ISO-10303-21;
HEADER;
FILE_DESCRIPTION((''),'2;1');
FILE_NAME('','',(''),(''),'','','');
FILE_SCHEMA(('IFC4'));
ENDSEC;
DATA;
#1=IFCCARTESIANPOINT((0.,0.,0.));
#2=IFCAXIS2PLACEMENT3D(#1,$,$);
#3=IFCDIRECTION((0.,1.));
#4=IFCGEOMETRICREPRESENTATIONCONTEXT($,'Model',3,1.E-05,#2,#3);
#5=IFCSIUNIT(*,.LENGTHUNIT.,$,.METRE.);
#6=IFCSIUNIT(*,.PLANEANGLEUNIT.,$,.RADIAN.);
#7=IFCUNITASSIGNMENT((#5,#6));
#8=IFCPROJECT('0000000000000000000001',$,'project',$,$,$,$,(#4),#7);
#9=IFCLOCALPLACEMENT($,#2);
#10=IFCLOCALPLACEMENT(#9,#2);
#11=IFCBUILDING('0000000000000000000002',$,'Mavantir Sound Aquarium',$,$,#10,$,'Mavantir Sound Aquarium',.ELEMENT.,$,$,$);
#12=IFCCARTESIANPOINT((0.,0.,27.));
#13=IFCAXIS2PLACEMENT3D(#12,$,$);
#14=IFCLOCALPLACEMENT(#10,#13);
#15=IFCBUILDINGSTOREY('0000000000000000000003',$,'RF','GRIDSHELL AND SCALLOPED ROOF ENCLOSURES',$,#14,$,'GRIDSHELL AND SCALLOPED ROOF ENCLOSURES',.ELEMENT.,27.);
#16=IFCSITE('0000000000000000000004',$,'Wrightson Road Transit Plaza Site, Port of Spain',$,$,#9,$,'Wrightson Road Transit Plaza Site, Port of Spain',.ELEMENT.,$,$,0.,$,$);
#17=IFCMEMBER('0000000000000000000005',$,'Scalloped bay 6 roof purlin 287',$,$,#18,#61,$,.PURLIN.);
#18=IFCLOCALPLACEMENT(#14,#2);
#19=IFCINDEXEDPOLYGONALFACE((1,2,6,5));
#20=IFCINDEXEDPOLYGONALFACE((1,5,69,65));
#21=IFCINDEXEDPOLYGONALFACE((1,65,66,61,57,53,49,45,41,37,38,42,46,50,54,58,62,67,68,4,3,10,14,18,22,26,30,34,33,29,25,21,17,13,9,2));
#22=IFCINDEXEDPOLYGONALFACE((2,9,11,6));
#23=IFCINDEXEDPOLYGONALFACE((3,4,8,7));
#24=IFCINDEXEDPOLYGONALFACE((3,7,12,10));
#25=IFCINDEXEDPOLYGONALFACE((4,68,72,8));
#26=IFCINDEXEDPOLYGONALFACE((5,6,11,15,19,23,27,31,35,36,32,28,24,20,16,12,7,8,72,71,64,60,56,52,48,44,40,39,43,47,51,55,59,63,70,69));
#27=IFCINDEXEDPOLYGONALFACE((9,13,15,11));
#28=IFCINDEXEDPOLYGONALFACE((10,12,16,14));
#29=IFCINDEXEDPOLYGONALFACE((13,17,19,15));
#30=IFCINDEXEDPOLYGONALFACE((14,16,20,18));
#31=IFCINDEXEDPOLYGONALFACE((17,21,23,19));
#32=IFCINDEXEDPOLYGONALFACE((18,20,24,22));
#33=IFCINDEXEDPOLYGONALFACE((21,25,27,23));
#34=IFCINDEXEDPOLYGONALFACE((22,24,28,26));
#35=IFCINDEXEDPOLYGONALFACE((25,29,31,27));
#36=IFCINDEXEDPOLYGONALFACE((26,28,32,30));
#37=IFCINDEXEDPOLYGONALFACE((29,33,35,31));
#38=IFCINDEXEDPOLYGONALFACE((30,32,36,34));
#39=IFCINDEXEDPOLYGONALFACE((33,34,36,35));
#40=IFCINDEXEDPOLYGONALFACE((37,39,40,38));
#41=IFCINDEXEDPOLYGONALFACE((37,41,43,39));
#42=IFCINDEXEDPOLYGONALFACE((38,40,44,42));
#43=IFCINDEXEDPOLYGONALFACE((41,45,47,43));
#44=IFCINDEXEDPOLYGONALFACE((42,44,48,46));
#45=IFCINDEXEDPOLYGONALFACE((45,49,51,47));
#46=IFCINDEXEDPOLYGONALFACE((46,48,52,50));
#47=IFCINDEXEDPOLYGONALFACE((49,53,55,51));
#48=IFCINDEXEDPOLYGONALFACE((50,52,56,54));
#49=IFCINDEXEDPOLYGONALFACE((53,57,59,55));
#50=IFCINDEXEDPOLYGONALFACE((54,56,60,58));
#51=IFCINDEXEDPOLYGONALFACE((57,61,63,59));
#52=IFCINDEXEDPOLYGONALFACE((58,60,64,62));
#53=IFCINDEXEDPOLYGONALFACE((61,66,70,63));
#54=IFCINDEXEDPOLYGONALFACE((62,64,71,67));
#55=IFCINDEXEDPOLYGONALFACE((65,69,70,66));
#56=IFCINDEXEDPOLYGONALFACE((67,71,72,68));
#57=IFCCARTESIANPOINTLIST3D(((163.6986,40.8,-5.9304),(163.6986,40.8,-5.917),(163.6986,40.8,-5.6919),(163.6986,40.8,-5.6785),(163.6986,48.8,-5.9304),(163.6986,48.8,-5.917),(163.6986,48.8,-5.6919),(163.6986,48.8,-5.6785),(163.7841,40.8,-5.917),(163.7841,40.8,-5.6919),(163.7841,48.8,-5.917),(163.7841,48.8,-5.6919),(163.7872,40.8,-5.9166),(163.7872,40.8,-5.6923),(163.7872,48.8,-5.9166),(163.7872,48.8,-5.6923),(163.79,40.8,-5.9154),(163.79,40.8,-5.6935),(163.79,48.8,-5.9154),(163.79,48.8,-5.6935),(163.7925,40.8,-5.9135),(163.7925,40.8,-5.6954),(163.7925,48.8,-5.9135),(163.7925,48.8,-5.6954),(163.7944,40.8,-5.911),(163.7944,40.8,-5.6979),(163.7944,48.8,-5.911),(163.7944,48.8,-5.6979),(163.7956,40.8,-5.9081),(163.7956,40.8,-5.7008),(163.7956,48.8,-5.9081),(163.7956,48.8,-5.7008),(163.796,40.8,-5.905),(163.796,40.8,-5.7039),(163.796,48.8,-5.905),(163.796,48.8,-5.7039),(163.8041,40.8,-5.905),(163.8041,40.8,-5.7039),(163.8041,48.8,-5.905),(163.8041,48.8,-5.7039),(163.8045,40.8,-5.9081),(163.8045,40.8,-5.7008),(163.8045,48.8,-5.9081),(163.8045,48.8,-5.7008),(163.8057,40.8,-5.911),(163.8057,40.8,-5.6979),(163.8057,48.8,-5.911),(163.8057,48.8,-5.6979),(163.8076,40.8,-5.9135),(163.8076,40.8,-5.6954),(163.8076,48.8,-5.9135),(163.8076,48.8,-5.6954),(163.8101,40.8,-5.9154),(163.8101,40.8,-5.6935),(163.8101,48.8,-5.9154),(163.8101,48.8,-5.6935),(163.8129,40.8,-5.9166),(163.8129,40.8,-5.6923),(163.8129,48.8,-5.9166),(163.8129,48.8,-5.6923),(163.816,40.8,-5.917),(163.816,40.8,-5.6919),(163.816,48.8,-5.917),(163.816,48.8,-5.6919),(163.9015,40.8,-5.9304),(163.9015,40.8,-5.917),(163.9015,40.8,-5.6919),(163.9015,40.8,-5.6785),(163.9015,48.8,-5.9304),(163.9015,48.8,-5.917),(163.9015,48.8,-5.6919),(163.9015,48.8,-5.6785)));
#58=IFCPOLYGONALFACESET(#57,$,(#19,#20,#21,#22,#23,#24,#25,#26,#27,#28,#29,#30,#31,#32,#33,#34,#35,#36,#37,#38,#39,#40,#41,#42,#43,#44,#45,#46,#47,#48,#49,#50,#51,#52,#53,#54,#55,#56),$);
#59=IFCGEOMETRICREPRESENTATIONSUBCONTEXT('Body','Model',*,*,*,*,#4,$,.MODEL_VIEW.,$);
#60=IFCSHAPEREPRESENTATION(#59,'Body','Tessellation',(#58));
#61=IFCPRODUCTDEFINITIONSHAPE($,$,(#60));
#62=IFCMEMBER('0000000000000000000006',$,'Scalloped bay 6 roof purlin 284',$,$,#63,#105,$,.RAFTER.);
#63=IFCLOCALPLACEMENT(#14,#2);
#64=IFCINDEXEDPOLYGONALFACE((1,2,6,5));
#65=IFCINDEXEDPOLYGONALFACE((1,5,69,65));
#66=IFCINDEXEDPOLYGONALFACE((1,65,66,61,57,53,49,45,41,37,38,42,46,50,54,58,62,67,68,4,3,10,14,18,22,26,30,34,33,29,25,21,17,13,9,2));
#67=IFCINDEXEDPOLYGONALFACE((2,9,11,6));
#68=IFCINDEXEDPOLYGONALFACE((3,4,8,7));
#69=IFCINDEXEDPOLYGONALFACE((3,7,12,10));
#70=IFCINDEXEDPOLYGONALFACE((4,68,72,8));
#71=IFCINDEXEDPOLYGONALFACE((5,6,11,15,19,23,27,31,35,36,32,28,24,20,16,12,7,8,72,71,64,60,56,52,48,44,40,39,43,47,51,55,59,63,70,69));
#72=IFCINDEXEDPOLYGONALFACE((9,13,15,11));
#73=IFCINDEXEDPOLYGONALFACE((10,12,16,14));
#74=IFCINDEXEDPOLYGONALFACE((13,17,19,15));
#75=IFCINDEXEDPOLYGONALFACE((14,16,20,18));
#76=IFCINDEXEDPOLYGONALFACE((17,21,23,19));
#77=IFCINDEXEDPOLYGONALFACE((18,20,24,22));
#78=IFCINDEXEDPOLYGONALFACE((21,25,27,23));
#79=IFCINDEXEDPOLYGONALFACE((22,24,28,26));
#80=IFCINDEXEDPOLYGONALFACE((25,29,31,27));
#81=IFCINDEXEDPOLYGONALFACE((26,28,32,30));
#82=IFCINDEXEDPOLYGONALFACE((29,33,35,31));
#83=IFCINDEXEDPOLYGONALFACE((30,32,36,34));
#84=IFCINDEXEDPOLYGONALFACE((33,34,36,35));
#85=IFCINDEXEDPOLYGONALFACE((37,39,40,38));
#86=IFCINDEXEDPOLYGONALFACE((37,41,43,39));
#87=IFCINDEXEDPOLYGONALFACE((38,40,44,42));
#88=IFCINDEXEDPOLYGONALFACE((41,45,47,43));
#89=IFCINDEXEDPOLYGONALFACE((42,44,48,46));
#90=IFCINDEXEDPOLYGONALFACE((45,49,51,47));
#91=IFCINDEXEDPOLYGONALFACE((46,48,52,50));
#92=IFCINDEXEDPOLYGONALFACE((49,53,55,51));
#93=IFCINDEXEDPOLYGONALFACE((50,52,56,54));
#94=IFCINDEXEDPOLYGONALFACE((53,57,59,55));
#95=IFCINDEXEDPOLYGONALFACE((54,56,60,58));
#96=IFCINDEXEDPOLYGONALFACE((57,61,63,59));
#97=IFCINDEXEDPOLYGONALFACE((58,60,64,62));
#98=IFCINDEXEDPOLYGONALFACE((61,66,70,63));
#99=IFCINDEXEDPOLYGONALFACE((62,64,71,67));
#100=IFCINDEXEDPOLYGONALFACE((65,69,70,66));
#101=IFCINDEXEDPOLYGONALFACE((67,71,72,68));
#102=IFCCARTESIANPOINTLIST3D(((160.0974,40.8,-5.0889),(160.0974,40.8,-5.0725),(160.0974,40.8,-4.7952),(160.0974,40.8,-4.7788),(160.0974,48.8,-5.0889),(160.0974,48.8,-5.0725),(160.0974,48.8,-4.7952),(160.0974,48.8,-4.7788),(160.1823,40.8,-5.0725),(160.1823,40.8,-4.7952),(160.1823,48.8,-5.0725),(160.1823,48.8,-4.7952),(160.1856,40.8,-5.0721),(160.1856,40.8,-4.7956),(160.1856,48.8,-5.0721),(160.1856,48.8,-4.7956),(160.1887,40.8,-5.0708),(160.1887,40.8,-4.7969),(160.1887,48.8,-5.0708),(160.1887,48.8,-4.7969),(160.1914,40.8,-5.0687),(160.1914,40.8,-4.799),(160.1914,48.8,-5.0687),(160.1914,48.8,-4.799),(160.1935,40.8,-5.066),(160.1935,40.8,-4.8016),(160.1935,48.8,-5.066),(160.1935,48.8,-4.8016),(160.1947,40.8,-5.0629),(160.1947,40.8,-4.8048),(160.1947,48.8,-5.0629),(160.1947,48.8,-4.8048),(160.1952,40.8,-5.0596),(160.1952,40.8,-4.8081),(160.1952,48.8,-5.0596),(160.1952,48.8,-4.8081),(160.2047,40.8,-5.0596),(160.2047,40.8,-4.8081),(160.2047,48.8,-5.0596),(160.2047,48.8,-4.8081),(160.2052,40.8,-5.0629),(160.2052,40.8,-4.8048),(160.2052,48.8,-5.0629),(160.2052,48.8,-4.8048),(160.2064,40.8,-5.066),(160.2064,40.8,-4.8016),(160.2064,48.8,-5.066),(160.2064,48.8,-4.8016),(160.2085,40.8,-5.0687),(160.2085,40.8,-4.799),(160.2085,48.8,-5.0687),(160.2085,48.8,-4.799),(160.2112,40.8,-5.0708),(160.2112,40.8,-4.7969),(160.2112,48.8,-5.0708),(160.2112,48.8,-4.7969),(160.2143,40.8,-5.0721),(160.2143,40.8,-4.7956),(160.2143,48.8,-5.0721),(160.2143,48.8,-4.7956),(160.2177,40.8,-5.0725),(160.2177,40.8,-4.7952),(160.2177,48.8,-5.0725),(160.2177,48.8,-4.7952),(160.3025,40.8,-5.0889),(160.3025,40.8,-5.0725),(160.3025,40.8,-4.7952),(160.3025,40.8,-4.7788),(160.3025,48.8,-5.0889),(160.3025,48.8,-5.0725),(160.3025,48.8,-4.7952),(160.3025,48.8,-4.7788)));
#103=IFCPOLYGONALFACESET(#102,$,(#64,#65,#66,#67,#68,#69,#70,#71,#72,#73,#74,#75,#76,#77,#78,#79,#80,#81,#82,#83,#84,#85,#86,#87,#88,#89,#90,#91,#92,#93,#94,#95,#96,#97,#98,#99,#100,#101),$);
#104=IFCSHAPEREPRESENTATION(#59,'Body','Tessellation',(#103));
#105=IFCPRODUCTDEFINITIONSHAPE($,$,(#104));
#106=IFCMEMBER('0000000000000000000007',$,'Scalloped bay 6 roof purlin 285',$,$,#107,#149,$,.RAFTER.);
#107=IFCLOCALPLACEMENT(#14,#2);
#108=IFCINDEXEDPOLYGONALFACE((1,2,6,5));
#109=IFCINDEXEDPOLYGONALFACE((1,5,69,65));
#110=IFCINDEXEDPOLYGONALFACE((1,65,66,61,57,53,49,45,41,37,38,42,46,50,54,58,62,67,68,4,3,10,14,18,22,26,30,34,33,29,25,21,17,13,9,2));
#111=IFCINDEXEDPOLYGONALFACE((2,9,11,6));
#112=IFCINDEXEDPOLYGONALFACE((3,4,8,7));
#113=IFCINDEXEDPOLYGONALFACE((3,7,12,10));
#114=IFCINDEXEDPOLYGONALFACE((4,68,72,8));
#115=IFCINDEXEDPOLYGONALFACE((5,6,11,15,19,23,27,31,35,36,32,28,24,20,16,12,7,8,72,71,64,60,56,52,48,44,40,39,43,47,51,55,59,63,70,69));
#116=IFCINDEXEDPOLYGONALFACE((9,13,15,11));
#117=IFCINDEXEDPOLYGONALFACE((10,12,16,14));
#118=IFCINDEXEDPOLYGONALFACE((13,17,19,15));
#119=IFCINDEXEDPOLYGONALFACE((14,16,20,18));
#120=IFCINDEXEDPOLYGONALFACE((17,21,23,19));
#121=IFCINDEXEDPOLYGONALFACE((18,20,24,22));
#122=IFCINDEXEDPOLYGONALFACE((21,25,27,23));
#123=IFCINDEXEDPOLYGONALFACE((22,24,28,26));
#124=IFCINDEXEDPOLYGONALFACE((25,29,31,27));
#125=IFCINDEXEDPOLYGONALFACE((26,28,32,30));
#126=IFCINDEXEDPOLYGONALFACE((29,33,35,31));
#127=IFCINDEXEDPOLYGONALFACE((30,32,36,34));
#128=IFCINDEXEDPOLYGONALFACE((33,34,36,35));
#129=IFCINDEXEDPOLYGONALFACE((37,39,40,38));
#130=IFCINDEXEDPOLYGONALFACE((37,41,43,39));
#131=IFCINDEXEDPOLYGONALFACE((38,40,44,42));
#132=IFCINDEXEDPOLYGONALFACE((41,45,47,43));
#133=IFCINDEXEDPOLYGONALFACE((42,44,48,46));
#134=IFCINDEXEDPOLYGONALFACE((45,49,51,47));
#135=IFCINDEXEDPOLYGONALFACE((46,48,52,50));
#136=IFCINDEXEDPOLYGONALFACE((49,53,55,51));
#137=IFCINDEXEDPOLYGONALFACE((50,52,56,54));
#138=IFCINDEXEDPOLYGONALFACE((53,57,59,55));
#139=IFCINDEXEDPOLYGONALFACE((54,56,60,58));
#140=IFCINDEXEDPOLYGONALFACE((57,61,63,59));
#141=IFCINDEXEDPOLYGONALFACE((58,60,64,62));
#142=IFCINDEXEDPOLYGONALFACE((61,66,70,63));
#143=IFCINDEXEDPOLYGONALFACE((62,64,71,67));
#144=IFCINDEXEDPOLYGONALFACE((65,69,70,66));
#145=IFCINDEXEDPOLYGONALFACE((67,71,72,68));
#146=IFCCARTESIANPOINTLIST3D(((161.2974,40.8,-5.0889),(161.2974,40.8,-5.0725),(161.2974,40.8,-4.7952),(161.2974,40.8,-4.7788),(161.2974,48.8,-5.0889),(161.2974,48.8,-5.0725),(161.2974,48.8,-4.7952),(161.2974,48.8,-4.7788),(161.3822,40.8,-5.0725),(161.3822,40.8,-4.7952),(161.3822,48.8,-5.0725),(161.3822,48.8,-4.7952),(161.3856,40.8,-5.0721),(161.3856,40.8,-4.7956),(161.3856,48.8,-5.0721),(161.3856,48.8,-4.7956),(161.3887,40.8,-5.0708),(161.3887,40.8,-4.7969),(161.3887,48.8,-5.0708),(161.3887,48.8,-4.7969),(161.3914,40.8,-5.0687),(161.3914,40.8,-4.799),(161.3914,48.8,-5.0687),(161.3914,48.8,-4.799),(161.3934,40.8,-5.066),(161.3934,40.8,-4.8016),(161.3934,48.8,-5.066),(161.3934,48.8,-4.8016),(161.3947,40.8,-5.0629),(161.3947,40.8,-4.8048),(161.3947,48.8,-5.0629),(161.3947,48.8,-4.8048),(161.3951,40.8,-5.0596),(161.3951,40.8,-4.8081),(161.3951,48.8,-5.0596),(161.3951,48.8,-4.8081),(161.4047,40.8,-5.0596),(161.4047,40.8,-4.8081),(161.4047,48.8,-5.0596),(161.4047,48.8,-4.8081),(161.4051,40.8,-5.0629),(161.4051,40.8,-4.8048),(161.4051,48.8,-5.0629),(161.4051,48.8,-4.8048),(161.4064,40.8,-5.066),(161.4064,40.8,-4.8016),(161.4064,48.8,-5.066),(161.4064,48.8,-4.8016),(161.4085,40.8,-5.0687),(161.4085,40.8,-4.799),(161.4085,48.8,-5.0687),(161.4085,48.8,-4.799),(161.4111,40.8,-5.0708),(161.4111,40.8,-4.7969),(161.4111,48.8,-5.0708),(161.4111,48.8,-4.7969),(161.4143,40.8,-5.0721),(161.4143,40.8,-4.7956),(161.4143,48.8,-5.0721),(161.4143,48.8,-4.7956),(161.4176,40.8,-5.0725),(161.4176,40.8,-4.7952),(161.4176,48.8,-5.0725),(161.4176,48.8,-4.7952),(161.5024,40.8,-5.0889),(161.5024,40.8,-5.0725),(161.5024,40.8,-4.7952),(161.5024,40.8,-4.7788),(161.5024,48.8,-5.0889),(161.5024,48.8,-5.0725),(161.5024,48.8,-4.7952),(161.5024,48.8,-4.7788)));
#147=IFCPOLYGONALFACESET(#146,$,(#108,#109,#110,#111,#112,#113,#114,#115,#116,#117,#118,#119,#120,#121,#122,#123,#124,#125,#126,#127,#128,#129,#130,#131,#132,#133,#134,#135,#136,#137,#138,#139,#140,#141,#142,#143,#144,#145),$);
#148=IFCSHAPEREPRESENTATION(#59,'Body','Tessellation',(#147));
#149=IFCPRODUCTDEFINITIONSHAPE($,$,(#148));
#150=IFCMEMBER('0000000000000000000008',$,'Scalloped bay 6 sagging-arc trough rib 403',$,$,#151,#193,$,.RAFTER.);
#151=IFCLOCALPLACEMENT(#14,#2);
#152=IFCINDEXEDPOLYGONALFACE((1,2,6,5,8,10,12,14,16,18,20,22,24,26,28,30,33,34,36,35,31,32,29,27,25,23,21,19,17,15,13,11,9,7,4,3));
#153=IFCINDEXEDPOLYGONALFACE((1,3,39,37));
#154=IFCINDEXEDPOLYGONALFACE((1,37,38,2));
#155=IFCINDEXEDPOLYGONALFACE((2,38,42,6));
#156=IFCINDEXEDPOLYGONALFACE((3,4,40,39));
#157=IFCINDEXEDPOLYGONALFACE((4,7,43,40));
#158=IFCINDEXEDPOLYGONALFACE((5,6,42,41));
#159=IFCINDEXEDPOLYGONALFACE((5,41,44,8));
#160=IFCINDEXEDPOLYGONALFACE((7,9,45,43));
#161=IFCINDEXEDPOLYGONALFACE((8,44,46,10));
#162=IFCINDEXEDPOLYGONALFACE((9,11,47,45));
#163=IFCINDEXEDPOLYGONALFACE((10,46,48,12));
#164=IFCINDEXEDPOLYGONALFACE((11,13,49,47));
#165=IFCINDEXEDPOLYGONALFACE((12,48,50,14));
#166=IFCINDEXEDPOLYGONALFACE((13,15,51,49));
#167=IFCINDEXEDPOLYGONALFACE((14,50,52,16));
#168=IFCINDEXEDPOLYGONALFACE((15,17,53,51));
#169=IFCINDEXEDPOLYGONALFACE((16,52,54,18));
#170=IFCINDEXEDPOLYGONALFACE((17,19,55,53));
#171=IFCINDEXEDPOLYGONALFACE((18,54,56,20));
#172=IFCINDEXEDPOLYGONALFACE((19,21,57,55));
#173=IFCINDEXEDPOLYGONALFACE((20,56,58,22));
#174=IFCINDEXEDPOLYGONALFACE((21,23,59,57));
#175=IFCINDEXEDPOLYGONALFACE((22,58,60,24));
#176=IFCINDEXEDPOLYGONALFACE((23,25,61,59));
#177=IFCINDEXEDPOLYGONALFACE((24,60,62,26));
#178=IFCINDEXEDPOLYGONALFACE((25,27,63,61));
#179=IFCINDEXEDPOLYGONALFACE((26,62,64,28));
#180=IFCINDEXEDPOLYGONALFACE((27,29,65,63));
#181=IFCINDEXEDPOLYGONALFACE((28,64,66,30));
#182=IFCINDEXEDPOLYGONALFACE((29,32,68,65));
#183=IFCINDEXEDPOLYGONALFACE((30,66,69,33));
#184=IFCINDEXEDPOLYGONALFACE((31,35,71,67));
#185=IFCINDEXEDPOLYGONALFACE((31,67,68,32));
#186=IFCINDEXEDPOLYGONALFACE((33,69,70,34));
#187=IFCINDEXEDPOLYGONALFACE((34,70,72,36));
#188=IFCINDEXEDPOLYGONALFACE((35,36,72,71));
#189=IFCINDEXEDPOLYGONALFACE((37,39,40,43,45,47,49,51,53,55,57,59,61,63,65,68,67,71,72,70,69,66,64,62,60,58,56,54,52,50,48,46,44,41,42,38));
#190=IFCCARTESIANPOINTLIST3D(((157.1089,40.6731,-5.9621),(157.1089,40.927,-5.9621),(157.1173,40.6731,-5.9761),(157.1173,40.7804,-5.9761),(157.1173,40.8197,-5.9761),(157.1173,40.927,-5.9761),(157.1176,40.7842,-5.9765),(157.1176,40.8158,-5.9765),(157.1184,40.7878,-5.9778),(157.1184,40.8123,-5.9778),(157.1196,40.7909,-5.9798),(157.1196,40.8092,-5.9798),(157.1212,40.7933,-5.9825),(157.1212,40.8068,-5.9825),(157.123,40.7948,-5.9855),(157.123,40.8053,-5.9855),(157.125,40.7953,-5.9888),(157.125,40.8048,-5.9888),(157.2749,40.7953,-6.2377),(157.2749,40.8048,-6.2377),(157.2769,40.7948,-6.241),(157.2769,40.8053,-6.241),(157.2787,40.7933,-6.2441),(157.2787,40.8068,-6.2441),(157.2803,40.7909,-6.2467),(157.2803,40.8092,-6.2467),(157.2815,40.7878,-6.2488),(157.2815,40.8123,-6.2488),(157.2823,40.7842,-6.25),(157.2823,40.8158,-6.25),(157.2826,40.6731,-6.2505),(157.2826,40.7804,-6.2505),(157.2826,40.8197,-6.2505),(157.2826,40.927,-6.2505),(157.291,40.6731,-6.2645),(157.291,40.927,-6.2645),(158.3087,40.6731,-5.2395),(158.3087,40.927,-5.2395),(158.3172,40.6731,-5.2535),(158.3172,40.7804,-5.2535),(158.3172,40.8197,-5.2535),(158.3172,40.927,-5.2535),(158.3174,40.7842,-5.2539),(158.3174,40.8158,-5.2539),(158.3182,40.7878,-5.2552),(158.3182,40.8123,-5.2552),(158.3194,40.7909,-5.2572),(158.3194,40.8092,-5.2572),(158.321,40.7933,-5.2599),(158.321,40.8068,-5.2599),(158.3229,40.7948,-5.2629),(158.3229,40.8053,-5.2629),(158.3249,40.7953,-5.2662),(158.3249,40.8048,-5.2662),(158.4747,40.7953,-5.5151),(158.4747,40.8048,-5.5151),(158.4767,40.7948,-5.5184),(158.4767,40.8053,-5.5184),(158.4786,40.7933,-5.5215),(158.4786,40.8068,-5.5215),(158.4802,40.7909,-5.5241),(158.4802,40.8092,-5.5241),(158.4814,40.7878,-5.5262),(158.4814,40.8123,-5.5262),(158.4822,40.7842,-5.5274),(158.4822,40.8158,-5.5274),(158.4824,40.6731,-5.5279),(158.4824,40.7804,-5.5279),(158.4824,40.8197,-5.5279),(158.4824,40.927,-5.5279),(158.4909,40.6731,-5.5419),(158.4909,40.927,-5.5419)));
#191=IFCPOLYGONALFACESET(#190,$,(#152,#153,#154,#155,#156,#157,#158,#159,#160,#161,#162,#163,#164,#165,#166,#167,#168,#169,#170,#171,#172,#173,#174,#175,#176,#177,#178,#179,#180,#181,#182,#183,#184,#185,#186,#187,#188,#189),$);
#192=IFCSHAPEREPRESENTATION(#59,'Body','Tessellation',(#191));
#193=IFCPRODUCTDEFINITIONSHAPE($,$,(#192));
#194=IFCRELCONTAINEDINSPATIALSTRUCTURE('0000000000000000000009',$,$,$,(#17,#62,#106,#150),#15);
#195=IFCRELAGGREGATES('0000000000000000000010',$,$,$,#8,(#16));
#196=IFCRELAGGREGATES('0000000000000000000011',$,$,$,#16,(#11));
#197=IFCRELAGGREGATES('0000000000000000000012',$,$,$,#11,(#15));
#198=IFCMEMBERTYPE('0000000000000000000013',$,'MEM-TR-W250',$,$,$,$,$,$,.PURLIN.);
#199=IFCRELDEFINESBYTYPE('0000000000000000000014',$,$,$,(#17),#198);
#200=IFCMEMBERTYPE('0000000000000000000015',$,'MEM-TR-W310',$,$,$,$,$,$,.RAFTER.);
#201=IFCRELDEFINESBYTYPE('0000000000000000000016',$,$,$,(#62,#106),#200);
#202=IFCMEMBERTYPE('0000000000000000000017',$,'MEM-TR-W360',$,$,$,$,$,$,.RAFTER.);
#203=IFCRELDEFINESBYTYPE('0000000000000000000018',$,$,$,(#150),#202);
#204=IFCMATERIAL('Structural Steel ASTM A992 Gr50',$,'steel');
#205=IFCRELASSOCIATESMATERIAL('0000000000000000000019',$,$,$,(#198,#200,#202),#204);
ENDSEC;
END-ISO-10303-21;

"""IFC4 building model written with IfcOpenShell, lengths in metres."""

from ifc_helpers import new_model, si_unit, direction, frame, origin, origin_2d, place, context, subcontext, project, spatial, i_section, extrude, material, material_profile, profile_set, type_object, element, save


model = new_model("IFC4")

# Units and contexts
model_context = context("Model", 3, precision=1e-05, world=origin(), true_north=direction((0.0, 1.0)))
body_context = subcontext(model_context, "Body", "Model", "MODEL_VIEW")
ifc_project = project(units=[si_unit("LENGTHUNIT", "METRE"), si_unit("PLANEANGLEUNIT", "RADIAN")], contexts=[model_context])

# Site, building, storey
site_placement = place(None, origin())
site = spatial("IfcSite", under=ifc_project, at=site_placement, Name="Wrightson Road Transit Plaza Site, Port of Spain", LongName="Wrightson Road Transit Plaza Site, Port of Spain", CompositionType="ELEMENT", RefElevation=0.0)
building_placement = place(site_placement, origin())
building = spatial("IfcBuilding", under=site, at=building_placement, Name="Mavantir Sound Aquarium", LongName="Mavantir Sound Aquarium", CompositionType="ELEMENT")
storey_placement = place(building_placement, frame((0.0, 0.0, 27.0)))
storey = spatial("IfcBuildingStorey", under=building, at=storey_placement, Name="RF", Description="GRIDSHELL AND SCALLOPED ROOF ENCLOSURES", LongName="GRIDSHELL AND SCALLOPED ROOF ENCLOSURES", CompositionType="ELEMENT", Elevation=27.0)

# Shared definitions
ifc_material_1 = material(Name="Structural Steel ASTM A992 Gr50", Category="steel")

# Members
ifc_material_profile_1 = material_profile(ifc_material_1, i_section(OverallWidth=0.2029, OverallDepth=0.252, WebThickness=0.0081, FlangeThickness=0.0134, FilletRadius=0.012, at=origin_2d()), Name="W250X58")
ifc_profile_set_1 = profile_set([ifc_material_profile_1], Name="Structural Steel ASTM A992 Gr50")
member_type_1 = type_object("IfcMemberType", Name="MEM-TR-W250", PredefinedType="PURLIN", material=ifc_profile_set_1)
for number, where, z_axis, x_axis, name in (
    (1, (163.8, 40.8, -5.8044), (0.0, 1.0, 0.0), (-1.0, 0.0, 0.0), "Scalloped bay 6 roof purlin 287"),
):
    element("IfcMember", number, at=place(storey_placement, frame(where, z_axis=z_axis, x_axis=x_axis)), inside=storey, type_object=member_type_1, Name=name, PredefinedType="PURLIN", context=body_context, shape_type="SweptSolid", body=[
        extrude(i_section(OverallWidth=0.2029, OverallDepth=0.252, WebThickness=0.0081, FlangeThickness=0.0134, FilletRadius=0.012, at=origin_2d()), origin(), (0.0, 0.0, 1.0), 8.0),
    ])
ifc_material_profile_2 = material_profile(ifc_material_1, i_section(OverallWidth=0.2051, OverallDepth=0.3101, WebThickness=0.0095, FlangeThickness=0.0164, FilletRadius=0.0129, at=origin_2d()), Name="W310X74")
ifc_profile_set_2 = profile_set([ifc_material_profile_2], Name="Structural Steel ASTM A992 Gr50")
member_type_2 = type_object("IfcMemberType", Name="MEM-TR-W310", PredefinedType="RAFTER", material=ifc_profile_set_2)
for number, where, z_axis, x_axis, name in (
    (2, (160.2, 40.8, -4.9338), (0.0, 1.0, 0.0), (-1.0, 0.0, 0.0), "Scalloped bay 6 roof purlin 284"),
    (3, (161.3999, 40.8, -4.9338), (0.0, 1.0, 0.0), (-1.0, 0.0, 0.0), "Scalloped bay 6 roof purlin 285"),
):
    element("IfcMember", number, at=place(storey_placement, frame(where, z_axis=z_axis, x_axis=x_axis)), inside=storey, type_object=member_type_2, Name=name, PredefinedType="RAFTER", context=body_context, shape_type="SweptSolid", body=[
        extrude(i_section(OverallWidth=0.2051, OverallDepth=0.3101, WebThickness=0.0095, FlangeThickness=0.0164, FilletRadius=0.0129, at=origin_2d()), origin(), (0.0, 0.0, 1.0), 8.0),
    ])
ifc_material_profile_3 = material_profile(ifc_material_1, i_section(OverallWidth=0.2539, OverallDepth=0.353, WebThickness=0.0095, FlangeThickness=0.0164, FilletRadius=0.0149, at=origin_2d()), Name="W360X91")
ifc_profile_set_3 = profile_set([ifc_material_profile_3], Name="Structural Steel ASTM A992 Gr50")
member_type_3 = type_object("IfcMemberType", Name="MEM-TR-W360", PredefinedType="RAFTER", material=ifc_profile_set_3)
member_1_placement = place(storey_placement, frame((157.2, 40.8, -6.1133), z_axis=(0.856646, 0.0, 0.515905), x_axis=(0.0, 1.0, 0.0)))
element("IfcMember", 4, at=member_1_placement, inside=storey, type_object=member_type_3, Name="Scalloped bay 6 sagging-arc trough rib 403", PredefinedType="RAFTER", context=body_context, shape_type="SweptSolid", body=[
    extrude(i_section(OverallWidth=0.2539, OverallDepth=0.353, WebThickness=0.0095, FlangeThickness=0.0164, FilletRadius=0.0149, at=origin_2d()), origin(), (0.0, 0.0, 1.0), 1.4006),
])

save(model, "model.ifc")
